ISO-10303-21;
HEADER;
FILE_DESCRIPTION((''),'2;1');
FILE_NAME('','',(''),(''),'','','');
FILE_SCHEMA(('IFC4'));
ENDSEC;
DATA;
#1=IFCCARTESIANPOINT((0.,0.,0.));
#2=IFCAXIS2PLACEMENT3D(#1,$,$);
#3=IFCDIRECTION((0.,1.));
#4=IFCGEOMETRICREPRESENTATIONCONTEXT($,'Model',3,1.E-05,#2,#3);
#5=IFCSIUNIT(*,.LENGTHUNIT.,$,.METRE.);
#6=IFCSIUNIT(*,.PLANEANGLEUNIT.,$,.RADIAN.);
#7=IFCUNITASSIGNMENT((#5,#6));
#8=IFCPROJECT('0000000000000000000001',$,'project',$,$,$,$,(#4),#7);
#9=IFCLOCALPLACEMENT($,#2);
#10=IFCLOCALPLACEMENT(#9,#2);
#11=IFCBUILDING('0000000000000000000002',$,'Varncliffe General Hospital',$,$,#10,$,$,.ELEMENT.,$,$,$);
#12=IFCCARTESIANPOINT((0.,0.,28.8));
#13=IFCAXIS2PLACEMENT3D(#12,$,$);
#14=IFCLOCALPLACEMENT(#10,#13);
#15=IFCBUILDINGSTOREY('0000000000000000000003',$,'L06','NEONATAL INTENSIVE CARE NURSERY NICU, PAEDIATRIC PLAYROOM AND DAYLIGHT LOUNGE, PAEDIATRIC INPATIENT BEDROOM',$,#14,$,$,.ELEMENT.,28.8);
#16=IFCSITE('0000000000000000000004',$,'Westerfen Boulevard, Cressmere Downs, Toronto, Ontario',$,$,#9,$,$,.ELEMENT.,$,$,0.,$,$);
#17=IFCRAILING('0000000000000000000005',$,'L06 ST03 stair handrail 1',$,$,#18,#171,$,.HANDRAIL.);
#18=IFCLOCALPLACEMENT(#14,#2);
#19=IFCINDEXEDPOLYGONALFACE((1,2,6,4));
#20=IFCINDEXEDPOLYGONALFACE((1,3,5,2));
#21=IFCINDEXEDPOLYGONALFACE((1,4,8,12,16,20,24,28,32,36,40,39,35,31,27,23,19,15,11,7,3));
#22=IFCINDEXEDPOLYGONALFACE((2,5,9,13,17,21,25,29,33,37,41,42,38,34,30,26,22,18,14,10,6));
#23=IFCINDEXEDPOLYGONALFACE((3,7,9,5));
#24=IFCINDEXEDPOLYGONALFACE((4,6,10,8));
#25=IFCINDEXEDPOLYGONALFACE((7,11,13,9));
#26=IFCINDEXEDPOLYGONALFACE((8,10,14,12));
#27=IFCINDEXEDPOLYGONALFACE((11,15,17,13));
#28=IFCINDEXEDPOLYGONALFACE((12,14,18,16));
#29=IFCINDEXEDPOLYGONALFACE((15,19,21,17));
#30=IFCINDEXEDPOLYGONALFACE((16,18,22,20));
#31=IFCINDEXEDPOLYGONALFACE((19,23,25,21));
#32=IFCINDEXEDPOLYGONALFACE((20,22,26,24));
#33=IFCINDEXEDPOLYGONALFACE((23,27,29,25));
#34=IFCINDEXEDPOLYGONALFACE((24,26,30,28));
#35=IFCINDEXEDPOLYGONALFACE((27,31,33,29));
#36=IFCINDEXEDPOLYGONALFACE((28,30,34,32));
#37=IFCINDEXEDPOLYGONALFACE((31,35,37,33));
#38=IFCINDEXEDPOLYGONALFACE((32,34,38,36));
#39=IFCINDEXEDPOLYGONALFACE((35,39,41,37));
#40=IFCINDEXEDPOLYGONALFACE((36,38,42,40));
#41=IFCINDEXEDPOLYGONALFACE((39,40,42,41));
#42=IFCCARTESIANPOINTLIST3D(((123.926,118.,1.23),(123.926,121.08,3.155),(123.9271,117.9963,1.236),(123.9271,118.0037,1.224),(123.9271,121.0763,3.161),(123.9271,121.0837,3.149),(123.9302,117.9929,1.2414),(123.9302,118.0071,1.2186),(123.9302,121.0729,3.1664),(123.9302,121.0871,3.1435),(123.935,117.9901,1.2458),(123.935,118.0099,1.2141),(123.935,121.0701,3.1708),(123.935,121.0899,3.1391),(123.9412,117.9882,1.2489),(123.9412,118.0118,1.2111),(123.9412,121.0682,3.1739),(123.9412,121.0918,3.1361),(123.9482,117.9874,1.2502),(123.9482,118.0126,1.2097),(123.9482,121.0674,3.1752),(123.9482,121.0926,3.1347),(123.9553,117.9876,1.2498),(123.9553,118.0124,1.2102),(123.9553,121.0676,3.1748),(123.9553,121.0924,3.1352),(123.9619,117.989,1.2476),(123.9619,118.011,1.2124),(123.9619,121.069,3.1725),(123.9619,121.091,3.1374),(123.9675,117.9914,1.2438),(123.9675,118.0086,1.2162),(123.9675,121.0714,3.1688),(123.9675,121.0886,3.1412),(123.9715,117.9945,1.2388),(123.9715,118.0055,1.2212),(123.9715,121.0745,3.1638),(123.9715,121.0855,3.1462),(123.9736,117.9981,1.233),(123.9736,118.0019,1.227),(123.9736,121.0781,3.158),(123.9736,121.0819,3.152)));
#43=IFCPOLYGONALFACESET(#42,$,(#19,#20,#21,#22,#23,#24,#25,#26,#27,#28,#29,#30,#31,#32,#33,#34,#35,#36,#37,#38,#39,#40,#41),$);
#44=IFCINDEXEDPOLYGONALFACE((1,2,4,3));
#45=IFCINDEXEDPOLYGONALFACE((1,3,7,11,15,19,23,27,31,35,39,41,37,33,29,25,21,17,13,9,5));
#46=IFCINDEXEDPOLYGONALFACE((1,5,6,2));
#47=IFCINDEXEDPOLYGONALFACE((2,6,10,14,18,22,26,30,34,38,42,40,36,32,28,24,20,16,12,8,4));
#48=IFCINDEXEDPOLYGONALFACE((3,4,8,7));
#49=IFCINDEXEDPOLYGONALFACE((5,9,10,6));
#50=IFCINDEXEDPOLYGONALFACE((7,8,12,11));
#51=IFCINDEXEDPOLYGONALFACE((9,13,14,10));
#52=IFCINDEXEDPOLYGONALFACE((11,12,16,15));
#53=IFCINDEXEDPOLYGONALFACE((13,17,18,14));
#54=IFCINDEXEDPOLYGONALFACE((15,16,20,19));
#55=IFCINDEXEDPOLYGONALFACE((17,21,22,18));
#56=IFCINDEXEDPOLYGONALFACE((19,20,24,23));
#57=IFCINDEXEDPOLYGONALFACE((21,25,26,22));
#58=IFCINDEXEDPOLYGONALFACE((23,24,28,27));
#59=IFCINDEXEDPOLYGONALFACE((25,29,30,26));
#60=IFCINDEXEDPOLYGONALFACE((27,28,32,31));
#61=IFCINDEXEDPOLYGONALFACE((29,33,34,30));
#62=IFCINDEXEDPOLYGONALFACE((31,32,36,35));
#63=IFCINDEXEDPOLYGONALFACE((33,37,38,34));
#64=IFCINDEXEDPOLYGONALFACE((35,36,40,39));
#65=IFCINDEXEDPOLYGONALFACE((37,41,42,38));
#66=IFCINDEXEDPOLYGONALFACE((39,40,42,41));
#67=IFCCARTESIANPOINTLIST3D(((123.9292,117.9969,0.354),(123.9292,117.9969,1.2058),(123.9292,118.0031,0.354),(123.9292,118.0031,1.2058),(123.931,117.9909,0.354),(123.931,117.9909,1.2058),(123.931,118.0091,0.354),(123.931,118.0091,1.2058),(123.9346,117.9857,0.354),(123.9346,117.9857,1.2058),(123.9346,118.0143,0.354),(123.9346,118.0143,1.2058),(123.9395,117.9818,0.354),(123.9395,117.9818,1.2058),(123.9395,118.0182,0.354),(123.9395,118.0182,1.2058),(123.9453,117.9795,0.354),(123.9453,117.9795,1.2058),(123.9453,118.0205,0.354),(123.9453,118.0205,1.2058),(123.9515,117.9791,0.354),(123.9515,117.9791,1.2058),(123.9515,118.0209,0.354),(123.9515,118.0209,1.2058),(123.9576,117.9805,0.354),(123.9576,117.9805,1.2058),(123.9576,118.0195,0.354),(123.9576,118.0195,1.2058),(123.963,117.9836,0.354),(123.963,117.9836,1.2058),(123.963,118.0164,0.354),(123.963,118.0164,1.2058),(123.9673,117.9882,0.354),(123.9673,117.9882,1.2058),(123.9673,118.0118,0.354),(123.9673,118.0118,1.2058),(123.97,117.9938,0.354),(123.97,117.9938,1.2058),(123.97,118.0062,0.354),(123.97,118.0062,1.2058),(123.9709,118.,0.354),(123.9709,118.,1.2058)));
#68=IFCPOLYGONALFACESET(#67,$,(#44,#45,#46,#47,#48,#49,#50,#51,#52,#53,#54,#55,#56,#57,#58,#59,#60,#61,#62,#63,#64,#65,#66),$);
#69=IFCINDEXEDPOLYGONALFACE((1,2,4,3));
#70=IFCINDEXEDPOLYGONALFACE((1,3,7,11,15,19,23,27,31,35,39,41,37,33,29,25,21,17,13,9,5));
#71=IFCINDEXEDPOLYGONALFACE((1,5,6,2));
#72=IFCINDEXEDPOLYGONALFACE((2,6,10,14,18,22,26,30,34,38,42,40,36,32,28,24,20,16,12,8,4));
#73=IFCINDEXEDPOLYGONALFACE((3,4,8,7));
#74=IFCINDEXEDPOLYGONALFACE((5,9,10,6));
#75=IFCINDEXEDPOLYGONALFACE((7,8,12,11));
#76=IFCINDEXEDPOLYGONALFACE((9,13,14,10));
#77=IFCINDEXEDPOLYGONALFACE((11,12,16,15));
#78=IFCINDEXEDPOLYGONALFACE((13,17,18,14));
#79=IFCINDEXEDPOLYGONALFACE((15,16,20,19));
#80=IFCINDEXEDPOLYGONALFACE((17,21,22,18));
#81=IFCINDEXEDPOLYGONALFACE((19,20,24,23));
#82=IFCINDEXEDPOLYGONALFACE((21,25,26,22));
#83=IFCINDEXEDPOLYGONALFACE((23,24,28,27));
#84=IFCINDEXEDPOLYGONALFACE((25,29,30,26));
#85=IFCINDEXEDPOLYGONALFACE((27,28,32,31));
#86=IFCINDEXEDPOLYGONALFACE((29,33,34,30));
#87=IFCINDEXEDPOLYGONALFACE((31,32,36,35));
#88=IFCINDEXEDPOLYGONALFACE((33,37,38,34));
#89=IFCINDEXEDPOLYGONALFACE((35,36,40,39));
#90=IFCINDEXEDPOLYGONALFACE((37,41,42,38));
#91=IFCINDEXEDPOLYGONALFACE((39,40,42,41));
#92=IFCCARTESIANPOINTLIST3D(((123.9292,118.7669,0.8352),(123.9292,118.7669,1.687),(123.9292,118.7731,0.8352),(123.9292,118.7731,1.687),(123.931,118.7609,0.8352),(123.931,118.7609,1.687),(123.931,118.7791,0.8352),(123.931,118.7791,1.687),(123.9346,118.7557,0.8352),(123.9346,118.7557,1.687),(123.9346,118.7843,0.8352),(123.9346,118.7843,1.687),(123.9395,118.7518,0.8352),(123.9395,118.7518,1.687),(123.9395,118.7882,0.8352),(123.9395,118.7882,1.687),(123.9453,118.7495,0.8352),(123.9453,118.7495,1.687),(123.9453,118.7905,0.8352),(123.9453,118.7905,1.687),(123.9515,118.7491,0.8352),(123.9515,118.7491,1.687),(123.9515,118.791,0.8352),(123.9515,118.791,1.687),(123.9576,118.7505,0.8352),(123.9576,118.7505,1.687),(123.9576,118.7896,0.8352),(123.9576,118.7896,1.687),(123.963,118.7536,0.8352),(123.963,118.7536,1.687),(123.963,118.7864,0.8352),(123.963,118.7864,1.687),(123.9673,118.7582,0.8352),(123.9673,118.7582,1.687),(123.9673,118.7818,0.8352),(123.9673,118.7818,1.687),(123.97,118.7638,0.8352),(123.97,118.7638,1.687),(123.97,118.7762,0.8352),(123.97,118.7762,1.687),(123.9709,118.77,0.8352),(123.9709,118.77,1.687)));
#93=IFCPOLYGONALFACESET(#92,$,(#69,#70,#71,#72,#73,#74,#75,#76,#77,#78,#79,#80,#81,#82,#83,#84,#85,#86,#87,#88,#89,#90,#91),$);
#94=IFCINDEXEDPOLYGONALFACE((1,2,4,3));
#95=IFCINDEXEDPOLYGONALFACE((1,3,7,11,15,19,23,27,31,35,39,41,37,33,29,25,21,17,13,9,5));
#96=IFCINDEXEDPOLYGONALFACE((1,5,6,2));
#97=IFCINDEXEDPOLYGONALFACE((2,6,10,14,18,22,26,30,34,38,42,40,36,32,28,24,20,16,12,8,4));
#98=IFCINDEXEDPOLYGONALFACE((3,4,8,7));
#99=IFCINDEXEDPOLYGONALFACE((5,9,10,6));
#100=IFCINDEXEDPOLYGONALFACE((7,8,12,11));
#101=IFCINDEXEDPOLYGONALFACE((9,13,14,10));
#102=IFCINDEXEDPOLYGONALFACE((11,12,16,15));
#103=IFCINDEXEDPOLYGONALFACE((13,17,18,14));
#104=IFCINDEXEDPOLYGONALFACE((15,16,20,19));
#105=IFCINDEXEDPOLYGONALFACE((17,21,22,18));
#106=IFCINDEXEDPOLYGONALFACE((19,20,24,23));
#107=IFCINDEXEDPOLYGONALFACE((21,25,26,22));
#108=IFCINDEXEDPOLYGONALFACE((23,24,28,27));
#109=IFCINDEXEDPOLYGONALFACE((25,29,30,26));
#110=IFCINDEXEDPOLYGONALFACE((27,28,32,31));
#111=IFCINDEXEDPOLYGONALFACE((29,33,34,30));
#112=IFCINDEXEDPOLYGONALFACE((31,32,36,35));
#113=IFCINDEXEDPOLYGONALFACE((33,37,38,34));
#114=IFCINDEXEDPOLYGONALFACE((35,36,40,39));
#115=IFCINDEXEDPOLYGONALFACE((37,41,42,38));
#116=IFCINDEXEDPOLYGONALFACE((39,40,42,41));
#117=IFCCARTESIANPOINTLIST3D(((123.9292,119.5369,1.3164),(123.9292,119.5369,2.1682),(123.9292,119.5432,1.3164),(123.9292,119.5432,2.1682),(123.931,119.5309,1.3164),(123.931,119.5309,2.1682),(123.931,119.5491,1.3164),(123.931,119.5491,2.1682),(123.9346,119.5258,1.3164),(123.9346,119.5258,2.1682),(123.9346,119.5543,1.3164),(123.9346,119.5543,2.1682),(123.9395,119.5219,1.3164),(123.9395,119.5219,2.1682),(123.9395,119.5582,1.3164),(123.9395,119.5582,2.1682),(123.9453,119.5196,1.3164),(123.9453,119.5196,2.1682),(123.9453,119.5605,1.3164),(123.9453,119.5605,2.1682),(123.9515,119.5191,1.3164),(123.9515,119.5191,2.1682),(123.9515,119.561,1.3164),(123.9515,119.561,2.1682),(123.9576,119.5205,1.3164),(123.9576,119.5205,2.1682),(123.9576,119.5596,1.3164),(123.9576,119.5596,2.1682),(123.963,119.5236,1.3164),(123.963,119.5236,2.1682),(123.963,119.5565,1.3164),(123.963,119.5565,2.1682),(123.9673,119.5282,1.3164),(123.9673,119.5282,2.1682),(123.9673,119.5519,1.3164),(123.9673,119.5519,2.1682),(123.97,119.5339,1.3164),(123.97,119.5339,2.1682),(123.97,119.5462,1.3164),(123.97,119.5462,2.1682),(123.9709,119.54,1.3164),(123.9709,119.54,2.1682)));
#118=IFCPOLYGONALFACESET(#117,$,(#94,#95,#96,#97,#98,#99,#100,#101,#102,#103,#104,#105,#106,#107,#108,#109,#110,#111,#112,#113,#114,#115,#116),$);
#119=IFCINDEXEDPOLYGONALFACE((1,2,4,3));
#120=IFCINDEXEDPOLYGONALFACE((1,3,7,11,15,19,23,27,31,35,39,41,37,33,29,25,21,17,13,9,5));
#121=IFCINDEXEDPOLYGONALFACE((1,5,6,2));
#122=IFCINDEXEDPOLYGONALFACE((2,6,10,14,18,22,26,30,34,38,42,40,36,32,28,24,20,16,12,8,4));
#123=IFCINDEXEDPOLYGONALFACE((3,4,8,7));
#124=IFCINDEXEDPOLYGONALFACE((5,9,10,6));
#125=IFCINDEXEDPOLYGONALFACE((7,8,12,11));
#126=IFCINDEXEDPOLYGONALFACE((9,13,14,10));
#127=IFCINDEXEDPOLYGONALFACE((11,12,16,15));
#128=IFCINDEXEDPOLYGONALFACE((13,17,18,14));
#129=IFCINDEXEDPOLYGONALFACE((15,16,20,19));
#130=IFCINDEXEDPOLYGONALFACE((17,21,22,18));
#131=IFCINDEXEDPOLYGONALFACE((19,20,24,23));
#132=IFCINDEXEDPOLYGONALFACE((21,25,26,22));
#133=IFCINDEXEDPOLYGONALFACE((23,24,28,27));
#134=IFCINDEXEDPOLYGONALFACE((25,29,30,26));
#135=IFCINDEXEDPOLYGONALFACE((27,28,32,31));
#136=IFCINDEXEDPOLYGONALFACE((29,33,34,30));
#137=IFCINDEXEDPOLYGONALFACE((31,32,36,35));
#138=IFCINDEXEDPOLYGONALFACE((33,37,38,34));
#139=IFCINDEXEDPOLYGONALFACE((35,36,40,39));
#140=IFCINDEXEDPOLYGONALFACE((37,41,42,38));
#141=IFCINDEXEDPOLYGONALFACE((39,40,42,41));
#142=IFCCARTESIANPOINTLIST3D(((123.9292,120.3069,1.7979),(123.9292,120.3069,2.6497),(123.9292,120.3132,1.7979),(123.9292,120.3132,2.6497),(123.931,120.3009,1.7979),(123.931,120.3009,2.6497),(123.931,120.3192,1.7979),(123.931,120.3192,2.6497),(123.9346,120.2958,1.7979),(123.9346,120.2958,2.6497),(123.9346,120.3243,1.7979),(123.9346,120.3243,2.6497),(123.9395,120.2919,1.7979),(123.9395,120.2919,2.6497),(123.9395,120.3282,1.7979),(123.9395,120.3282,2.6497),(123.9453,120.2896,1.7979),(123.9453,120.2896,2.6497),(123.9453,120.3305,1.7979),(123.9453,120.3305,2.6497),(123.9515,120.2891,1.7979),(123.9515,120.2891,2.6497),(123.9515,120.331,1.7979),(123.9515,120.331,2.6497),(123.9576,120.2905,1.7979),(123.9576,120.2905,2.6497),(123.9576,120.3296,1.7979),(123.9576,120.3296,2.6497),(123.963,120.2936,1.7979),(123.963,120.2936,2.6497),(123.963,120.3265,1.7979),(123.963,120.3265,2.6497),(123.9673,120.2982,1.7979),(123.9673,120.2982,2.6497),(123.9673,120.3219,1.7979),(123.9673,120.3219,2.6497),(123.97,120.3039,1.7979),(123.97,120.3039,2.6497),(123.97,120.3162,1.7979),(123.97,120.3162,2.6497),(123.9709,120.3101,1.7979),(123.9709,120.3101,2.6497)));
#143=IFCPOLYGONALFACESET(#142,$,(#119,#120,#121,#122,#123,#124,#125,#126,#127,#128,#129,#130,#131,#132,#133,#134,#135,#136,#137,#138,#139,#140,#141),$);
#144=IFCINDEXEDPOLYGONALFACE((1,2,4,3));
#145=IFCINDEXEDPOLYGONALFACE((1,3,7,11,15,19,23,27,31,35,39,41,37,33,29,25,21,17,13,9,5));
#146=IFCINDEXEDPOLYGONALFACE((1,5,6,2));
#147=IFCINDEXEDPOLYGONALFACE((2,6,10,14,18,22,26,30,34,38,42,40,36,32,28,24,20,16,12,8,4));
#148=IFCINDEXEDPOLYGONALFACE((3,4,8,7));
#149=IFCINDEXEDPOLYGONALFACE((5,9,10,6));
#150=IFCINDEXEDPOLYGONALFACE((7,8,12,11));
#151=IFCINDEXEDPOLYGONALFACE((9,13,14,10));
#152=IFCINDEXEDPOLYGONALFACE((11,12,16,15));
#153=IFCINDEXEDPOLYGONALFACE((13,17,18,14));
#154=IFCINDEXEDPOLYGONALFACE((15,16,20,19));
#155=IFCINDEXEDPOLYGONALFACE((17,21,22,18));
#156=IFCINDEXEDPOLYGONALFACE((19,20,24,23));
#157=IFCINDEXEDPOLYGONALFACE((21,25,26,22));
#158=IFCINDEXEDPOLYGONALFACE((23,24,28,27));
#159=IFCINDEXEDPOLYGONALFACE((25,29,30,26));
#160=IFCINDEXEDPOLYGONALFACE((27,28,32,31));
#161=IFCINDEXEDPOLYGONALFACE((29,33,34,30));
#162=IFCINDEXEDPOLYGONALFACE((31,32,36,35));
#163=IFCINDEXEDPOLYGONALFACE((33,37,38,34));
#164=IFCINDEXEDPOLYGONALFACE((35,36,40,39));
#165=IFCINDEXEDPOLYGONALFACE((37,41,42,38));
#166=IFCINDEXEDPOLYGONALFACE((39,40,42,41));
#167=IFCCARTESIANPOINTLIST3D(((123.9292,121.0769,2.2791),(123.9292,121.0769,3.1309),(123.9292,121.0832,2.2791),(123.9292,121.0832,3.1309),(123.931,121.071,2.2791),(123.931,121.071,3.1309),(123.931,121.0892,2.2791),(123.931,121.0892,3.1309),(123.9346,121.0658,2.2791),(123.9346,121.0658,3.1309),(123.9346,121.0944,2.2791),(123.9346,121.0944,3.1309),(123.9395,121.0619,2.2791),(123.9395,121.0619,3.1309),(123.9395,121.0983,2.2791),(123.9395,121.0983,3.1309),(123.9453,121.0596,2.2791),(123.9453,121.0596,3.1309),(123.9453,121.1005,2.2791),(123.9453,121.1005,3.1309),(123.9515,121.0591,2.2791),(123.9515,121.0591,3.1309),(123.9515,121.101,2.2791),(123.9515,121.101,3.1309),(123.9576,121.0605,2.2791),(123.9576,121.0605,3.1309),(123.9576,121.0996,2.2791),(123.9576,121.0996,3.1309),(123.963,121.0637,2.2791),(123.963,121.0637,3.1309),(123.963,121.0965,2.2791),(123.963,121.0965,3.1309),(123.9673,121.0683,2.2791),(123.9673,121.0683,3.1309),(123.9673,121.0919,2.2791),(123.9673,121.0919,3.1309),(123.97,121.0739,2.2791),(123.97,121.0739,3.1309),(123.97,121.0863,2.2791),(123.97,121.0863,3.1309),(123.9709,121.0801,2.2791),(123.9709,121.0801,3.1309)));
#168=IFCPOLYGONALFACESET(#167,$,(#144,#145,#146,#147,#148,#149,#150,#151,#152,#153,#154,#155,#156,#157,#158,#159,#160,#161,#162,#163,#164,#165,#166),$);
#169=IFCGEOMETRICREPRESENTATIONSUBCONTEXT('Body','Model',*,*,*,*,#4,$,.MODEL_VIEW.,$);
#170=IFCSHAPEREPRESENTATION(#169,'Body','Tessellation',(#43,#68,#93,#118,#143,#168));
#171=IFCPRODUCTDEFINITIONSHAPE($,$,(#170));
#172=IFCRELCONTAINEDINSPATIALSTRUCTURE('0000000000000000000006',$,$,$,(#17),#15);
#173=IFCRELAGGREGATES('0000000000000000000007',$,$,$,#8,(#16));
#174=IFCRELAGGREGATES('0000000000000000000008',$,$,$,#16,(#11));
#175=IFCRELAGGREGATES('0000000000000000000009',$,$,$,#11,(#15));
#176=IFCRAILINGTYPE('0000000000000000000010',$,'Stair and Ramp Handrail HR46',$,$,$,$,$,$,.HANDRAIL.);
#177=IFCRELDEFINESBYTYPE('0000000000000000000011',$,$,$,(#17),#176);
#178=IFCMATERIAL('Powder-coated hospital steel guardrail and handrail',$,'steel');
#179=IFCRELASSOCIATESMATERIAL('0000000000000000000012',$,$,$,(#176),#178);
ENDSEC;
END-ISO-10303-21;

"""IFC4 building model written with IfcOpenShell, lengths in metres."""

from ifc_helpers import new_model, si_unit, direction, frame, origin, origin_2d, place, context, subcontext, project, spatial, circle, extrude, material, type_object, element, save


model = new_model("IFC4")

# Units and contexts
model_context = context("Model", 3, precision=1e-05, world=origin(), true_north=direction((0.0, 1.0)))
body_context = subcontext(model_context, "Body", "Model", "MODEL_VIEW")
ifc_project = project(units=[si_unit("LENGTHUNIT", "METRE"), si_unit("PLANEANGLEUNIT", "RADIAN")], contexts=[model_context])

# Site, building, storey
site_placement = place(None, origin())
site = spatial("IfcSite", under=ifc_project, at=site_placement, Name="Westerfen Boulevard, Cressmere Downs, Toronto, Ontario", CompositionType="ELEMENT", RefElevation=0.0)
building_placement = place(site_placement, origin())
building = spatial("IfcBuilding", under=site, at=building_placement, Name="Varncliffe General Hospital", CompositionType="ELEMENT")
storey_placement = place(building_placement, frame((0.0, 0.0, 28.8)))
storey = spatial("IfcBuildingStorey", under=building, at=storey_placement, Name="L06", Description="NEONATAL INTENSIVE CARE NURSERY NICU, PAEDIATRIC PLAYROOM AND DAYLIGHT LOUNGE, PAEDIATRIC INPATIENT BEDROOM", CompositionType="ELEMENT", Elevation=28.8)

# Railing
ifc_material_1 = material(Name="Powder-coated hospital steel guardrail and handrail", Category="steel")
railing_type_1 = type_object("IfcRailingType", Name="Stair and Ramp Handrail HR46", PredefinedType="HANDRAIL", material=ifc_material_1)
railing_1_placement = place(storey_placement, frame((123.95, 118.0, 0.354)))
element("IfcRailing", 1, at=railing_1_placement, inside=storey, type_object=railing_type_1, Name="L06 ST03 stair handrail 1", PredefinedType="HANDRAIL", context=body_context, shape_type="SweptSolid", body=[
    extrude(circle(Radius=0.0239, at=origin_2d()), frame((0.0, 0.0, 0.876), z_axis=(0.0, 0.847998, 0.529999), x_axis=(-1.0, 0.0, 0.0)), (0.0, 0.0, 1.0), 3.6321),
    extrude(circle(Radius=0.021, at=origin_2d()), origin(), (0.0, 0.0, 1.0), 0.8518),
    extrude(circle(Radius=0.021, at=origin_2d()), frame((0.0, 0.77, 0.4812)), (0.0, 0.0, 1.0), 0.8518),
    extrude(circle(Radius=0.021, at=origin_2d()), frame((0.0, 1.54, 0.9624)), (0.0, 0.0, 1.0), 0.8518),
    extrude(circle(Radius=0.021, at=origin_2d()), frame((0.0, 2.3101, 1.4438)), (0.0, 0.0, 1.0), 0.8518),
    extrude(circle(Radius=0.021, at=origin_2d()), frame((0.0, 3.0801, 1.925)), (0.0, 0.0, 1.0), 0.8518),
])

save(model, "model.ifc")
